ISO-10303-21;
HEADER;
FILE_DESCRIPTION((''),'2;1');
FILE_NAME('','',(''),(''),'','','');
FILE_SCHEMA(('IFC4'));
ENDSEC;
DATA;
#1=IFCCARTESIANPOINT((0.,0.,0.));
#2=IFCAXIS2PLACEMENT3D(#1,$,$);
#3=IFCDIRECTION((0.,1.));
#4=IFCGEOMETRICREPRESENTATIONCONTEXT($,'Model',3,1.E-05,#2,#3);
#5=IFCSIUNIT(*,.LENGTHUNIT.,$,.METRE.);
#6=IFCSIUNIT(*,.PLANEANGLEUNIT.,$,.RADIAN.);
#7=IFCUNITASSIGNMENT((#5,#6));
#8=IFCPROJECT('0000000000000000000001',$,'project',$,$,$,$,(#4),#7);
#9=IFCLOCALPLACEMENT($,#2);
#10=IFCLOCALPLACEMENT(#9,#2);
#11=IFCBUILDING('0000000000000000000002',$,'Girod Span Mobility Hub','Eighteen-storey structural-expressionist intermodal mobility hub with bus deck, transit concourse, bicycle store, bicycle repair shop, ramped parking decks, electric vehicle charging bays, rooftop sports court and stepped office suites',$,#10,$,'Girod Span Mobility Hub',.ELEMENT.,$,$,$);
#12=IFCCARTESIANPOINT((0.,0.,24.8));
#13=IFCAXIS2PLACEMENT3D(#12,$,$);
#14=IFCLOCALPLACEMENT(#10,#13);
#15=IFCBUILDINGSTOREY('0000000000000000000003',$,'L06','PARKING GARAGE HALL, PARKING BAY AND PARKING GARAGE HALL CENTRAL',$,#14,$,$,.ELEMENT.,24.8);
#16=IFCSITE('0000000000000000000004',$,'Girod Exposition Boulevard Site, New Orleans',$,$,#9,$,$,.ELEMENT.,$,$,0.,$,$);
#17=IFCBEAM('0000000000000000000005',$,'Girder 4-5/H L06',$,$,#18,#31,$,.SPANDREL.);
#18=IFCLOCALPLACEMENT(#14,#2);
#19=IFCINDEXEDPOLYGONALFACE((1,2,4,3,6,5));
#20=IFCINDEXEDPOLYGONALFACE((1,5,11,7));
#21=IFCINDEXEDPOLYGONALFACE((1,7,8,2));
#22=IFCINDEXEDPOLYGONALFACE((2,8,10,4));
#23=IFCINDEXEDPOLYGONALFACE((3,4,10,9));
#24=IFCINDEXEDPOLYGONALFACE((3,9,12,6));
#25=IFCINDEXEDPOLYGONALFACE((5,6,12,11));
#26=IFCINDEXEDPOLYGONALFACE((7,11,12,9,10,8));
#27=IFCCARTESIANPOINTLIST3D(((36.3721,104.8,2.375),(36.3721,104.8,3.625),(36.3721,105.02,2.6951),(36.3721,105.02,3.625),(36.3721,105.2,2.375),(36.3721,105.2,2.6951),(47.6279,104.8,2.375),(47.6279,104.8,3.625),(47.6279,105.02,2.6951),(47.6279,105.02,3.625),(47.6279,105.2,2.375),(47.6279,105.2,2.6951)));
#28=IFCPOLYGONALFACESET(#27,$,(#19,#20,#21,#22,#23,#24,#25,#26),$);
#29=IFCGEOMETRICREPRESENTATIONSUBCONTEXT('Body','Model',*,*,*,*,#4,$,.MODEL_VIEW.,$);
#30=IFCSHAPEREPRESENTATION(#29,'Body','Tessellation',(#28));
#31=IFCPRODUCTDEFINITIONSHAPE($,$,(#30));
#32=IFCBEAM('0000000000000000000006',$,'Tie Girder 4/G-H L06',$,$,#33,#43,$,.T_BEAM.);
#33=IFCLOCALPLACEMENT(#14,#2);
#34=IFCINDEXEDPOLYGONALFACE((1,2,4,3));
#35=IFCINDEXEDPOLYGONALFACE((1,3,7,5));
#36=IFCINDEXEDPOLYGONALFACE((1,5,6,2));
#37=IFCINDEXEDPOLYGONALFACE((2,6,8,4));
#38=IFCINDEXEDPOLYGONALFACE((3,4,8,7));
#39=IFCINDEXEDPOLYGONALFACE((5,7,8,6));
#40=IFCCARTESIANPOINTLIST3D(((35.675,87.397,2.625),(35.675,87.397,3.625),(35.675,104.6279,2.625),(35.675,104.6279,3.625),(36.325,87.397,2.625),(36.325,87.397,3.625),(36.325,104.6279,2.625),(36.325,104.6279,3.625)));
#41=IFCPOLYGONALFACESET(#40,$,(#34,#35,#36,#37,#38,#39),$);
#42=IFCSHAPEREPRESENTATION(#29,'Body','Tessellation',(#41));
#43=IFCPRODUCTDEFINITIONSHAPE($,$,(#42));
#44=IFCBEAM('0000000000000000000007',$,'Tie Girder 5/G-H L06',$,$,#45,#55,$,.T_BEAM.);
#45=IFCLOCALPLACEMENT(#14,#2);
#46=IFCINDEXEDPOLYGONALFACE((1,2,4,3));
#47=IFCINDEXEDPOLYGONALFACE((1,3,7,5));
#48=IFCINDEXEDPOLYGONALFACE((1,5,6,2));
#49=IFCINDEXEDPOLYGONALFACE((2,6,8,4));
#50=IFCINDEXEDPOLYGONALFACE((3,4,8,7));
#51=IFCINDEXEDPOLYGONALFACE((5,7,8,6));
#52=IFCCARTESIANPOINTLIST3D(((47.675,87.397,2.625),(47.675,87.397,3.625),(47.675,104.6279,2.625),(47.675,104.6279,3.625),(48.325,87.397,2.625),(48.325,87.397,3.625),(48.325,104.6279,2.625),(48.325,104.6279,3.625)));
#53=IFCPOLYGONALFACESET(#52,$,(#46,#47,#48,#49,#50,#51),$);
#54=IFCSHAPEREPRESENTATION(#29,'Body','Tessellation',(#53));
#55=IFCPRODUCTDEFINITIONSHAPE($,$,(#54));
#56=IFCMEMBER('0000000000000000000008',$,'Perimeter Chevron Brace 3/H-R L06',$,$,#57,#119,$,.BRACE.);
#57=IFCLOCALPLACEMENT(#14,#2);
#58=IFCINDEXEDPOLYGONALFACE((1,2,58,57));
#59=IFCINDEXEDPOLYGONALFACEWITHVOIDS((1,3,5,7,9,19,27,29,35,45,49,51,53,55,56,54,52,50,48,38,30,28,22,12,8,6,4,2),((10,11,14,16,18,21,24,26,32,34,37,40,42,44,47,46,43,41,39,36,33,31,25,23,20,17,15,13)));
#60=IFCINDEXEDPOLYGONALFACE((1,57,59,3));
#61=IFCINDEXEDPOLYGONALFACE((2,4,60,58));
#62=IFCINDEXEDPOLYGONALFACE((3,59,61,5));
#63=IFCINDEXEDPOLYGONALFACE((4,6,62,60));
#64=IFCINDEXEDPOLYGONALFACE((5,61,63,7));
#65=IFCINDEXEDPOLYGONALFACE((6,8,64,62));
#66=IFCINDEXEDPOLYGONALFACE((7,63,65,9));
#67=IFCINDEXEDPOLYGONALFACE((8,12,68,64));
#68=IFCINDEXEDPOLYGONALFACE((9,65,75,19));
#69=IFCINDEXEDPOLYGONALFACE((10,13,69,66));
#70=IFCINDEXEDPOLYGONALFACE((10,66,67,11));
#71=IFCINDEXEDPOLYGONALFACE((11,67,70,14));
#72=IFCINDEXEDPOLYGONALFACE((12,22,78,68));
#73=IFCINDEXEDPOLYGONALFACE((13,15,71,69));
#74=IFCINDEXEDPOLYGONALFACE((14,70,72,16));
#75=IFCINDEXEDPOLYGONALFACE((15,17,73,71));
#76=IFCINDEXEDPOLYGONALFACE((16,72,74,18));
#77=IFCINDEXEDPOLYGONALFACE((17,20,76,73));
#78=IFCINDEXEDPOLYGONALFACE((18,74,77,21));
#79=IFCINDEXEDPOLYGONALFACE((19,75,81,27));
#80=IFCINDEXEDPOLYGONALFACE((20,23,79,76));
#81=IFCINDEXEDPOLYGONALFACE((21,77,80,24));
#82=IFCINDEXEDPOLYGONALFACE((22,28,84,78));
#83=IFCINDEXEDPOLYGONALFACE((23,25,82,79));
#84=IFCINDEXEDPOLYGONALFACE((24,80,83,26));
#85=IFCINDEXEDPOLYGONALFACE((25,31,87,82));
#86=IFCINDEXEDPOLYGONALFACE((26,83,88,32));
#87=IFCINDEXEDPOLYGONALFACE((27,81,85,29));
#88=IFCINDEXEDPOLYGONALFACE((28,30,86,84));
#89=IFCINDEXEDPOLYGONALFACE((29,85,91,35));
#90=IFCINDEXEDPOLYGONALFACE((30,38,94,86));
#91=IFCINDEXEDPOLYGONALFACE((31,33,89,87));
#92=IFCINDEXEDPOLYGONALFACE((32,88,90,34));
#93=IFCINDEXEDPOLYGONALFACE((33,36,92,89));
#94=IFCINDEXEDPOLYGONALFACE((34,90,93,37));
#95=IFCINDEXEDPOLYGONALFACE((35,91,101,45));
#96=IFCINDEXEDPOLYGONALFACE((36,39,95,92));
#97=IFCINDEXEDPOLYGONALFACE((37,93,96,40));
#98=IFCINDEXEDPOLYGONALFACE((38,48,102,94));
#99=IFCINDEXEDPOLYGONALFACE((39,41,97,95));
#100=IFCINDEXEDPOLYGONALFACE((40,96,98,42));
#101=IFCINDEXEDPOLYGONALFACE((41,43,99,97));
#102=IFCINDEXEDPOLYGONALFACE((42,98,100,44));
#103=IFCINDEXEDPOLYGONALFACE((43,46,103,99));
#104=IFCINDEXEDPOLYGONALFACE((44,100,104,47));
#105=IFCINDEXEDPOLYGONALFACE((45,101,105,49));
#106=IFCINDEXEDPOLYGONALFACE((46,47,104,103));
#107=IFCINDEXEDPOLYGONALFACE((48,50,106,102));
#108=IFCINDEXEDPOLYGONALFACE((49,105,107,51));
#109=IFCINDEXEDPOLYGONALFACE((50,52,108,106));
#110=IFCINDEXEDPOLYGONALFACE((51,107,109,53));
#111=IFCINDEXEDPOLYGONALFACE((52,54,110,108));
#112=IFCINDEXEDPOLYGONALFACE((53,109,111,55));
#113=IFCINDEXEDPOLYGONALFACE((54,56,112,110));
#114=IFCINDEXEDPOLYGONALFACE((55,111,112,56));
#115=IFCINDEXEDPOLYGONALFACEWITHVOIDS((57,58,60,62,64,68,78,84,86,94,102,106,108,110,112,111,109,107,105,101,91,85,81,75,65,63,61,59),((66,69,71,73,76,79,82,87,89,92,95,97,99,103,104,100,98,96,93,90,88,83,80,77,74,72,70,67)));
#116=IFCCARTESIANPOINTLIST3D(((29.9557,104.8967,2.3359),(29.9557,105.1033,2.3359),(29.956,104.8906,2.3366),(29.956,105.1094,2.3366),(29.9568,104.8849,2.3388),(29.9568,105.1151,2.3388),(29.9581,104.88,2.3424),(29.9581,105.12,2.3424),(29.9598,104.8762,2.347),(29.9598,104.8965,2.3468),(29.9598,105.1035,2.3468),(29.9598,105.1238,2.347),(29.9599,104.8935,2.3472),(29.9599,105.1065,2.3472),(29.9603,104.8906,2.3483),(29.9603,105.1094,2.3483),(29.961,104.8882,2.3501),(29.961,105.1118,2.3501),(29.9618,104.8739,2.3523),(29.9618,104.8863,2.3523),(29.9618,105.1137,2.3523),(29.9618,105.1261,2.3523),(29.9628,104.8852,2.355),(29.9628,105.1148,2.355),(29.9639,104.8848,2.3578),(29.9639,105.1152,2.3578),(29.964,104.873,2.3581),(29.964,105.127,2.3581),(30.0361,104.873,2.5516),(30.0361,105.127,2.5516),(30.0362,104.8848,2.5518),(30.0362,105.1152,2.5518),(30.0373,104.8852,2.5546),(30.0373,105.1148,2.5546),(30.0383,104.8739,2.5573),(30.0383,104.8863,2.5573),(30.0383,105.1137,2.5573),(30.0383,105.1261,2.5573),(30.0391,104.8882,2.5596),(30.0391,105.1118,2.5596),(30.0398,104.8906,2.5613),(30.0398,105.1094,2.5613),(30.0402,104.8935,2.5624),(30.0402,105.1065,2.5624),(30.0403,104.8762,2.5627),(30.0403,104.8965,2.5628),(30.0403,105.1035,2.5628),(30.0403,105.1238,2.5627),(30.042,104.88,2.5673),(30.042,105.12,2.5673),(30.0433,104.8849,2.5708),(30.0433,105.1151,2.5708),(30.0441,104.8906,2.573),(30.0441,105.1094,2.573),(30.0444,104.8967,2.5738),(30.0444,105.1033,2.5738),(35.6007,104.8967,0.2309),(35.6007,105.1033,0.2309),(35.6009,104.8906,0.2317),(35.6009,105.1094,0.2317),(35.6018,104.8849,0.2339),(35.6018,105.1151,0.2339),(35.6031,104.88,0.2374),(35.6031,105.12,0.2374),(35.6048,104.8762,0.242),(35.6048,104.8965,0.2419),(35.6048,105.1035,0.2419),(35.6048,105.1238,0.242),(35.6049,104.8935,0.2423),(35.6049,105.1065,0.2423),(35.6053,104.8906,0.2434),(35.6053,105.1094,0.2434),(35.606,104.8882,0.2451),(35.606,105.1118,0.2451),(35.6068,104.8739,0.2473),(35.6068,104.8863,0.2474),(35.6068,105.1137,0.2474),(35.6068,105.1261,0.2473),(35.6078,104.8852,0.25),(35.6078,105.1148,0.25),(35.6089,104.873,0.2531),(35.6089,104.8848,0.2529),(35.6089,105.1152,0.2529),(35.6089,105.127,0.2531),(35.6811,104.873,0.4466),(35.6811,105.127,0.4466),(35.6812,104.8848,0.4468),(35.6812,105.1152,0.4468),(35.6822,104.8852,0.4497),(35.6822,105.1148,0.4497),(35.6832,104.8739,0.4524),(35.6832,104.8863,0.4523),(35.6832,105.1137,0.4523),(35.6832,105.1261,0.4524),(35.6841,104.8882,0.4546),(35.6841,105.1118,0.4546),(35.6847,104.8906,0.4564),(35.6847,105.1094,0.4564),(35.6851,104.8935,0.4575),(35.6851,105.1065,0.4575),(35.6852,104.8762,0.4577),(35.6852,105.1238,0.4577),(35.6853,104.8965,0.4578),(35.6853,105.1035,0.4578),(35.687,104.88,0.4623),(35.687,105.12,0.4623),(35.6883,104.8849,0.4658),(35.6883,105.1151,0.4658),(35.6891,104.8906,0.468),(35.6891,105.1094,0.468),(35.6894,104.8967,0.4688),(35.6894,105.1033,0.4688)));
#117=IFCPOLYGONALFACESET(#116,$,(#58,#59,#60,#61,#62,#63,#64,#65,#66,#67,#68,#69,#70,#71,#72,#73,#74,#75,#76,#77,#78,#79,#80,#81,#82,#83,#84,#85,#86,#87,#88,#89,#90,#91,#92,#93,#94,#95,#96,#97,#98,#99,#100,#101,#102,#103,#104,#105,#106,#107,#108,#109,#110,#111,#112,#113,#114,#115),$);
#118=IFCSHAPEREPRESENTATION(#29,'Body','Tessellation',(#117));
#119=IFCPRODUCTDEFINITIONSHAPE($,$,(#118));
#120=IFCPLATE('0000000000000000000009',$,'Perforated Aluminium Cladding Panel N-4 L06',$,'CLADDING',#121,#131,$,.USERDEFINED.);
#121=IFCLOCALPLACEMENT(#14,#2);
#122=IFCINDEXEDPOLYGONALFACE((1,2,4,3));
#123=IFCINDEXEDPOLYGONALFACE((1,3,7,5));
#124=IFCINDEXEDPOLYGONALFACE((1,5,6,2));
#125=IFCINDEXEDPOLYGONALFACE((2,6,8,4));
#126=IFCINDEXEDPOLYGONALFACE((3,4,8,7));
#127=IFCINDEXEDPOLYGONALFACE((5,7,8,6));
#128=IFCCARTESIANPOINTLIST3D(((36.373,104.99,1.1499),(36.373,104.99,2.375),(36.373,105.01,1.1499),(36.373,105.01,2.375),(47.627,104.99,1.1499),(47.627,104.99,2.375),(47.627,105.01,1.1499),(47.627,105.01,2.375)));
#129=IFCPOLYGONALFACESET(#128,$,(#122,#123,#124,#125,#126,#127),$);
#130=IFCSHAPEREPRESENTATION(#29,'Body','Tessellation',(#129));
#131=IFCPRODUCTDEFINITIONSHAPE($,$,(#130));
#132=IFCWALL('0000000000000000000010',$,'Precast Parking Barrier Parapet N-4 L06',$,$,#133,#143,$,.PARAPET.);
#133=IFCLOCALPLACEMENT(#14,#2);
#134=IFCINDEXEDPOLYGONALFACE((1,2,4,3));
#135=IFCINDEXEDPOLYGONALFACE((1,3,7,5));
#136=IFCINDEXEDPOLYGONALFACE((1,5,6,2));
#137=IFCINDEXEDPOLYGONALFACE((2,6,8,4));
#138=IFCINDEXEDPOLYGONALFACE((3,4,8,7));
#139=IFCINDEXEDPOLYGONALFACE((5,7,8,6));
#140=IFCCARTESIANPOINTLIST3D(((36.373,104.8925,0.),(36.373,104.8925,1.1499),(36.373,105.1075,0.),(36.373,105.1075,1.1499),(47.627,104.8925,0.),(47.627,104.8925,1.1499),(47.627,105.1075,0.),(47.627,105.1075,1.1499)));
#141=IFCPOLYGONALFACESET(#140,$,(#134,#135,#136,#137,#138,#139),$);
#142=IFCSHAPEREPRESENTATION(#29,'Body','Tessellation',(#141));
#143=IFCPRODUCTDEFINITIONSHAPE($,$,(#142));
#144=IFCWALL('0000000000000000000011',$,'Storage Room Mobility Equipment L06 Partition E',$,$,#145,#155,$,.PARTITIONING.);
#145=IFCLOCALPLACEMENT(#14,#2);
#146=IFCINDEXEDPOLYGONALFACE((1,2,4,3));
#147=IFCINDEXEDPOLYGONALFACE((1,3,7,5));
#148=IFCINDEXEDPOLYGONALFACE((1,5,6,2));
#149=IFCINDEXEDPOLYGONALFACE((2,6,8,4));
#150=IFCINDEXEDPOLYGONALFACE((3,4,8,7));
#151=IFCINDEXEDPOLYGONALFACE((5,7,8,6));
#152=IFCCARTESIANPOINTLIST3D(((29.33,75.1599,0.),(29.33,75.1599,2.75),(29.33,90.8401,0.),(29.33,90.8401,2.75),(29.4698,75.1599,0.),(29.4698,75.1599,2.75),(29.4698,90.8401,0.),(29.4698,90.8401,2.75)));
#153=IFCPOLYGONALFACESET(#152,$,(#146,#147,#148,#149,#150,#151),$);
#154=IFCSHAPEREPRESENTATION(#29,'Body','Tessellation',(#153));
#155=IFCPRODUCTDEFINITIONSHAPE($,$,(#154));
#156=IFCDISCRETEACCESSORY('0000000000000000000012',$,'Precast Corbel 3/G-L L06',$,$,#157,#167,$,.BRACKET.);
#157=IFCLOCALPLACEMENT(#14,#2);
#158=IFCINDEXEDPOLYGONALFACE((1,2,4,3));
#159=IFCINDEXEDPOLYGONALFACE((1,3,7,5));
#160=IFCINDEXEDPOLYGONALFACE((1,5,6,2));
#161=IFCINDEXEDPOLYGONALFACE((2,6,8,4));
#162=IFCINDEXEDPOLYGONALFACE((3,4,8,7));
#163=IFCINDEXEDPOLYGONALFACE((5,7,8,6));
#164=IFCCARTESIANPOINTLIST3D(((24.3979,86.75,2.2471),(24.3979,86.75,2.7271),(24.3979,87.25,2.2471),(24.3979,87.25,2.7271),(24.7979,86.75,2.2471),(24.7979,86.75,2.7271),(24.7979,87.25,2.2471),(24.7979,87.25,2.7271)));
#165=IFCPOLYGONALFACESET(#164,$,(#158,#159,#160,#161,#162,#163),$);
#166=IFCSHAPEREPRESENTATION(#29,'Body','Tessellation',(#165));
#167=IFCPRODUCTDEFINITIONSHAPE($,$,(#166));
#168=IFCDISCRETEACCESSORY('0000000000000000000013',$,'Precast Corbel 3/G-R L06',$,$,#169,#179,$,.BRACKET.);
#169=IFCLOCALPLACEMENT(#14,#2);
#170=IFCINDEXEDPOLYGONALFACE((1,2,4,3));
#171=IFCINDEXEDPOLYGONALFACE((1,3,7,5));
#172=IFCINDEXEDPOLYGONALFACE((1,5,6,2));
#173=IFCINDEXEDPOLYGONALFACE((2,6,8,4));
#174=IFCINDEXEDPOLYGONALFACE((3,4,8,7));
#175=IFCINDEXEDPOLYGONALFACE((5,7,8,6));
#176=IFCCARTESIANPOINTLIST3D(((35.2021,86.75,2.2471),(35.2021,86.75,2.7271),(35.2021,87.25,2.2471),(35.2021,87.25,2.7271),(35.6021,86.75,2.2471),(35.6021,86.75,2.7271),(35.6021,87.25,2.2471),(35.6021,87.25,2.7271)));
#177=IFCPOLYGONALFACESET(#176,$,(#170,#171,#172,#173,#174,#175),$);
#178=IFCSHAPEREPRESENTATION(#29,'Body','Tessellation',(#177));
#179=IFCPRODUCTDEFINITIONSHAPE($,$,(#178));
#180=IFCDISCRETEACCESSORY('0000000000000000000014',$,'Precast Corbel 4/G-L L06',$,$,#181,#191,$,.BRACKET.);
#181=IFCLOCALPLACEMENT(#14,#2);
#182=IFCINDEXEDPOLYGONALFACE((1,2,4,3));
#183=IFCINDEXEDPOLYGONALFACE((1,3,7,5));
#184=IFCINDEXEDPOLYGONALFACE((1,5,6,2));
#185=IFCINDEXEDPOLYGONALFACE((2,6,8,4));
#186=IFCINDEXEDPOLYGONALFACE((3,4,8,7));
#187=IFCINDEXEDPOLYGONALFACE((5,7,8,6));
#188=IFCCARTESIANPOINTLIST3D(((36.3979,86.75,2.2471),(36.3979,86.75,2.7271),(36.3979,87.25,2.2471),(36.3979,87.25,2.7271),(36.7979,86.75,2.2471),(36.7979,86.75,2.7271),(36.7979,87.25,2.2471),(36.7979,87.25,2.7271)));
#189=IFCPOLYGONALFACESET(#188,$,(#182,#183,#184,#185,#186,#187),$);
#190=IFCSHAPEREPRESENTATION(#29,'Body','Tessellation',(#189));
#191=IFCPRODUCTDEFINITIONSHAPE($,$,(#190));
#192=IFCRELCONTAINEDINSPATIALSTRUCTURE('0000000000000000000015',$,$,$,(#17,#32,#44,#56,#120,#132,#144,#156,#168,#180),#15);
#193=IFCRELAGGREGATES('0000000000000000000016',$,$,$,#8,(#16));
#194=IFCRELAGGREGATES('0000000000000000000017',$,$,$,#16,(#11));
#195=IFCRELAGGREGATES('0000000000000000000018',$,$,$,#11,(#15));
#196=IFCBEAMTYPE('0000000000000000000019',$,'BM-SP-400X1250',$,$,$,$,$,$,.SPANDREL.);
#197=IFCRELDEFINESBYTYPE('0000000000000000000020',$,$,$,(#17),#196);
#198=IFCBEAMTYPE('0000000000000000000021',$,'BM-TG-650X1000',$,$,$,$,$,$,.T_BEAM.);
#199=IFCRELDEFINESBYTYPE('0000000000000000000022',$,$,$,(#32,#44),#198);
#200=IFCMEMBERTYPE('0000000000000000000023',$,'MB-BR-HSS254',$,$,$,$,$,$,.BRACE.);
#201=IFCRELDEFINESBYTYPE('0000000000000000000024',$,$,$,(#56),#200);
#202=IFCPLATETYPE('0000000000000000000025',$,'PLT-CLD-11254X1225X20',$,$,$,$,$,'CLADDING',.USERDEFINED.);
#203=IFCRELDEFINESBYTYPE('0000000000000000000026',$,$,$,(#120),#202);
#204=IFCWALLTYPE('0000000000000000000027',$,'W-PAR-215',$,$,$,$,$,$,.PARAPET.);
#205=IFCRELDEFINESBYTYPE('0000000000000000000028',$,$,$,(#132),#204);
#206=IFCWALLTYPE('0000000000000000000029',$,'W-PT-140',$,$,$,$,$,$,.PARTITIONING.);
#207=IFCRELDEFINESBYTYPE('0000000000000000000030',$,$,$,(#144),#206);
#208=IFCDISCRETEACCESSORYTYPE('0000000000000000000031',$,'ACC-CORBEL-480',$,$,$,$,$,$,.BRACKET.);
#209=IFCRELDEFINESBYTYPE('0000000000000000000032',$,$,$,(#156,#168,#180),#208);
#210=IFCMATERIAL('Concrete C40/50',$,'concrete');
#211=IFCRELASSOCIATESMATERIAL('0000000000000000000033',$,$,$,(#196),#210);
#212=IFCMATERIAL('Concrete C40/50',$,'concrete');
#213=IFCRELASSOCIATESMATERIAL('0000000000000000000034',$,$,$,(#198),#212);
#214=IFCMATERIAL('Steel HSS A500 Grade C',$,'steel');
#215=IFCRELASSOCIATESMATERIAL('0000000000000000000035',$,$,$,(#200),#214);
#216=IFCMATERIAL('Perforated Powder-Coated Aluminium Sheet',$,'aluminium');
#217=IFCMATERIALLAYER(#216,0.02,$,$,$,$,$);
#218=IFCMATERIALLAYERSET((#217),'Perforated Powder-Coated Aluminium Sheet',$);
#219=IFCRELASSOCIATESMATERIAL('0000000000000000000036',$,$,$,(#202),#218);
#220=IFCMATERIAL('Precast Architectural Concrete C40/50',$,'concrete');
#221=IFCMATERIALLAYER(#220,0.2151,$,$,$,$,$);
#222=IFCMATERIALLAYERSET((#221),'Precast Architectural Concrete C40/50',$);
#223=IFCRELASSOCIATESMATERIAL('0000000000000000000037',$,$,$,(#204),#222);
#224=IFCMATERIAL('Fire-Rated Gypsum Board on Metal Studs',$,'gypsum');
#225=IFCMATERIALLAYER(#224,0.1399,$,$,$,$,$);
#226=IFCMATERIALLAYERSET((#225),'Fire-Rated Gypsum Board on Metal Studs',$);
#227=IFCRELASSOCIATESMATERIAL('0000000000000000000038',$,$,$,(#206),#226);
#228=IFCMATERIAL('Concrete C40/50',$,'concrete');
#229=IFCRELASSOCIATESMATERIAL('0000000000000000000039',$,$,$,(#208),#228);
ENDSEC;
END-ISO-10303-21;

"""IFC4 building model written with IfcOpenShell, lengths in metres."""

from ifc_helpers import new_model, si_unit, direction, frame, frame_2d, origin, origin_2d, place, context, subcontext, project, spatial, polyline, rectangle, hollow_rectangle, outline, extrude, material, layer, layer_set, material_profile, profile_set, type_object, element, save


model = new_model("IFC4")

# Units and contexts
model_context = context("Model", 3, precision=1e-05, world=origin(), true_north=direction((0.0, 1.0)))
body_context = subcontext(model_context, "Body", "Model", "MODEL_VIEW")
ifc_project = project(units=[si_unit("LENGTHUNIT", "METRE"), si_unit("PLANEANGLEUNIT", "RADIAN")], contexts=[model_context])

# Site, building, storey
site_placement = place(None, origin())
site = spatial("IfcSite", under=ifc_project, at=site_placement, Name="Girod Exposition Boulevard Site, New Orleans", CompositionType="ELEMENT", RefElevation=0.0)
building_placement = place(site_placement, origin())
building = spatial("IfcBuilding", under=site, at=building_placement, Name="Girod Span Mobility Hub", Description="Eighteen-storey structural-expressionist intermodal mobility hub with bus deck, transit concourse, bicycle store, bicycle repair shop, ramped parking decks, electric vehicle charging bays, rooftop sports court and stepped office suites", LongName="Girod Span Mobility Hub", CompositionType="ELEMENT")
storey_placement = place(building_placement, frame((0.0, 0.0, 24.8)))
storey = spatial("IfcBuildingStorey", under=building, at=storey_placement, Name="L06", Description="PARKING GARAGE HALL, PARKING BAY AND PARKING GARAGE HALL CENTRAL", CompositionType="ELEMENT", Elevation=24.8)

# Beams
ifc_material_1 = material(Name="Concrete C40/50", Category="concrete")
ifc_material_profile_1 = material_profile(ifc_material_1, outline(polyline([(-0.2, -0.625), (0.2, -0.625), (0.2, -0.3049), (0.02, -0.3049), (0.02, 0.625), (-0.2, 0.625), (-0.2, -0.625)])), Name="SP-400X1250")
ifc_profile_set_1 = profile_set([ifc_material_profile_1], Name="Concrete C40/50")
beam_type_1 = type_object("IfcBeamType", Name="BM-SP-400X1250", PredefinedType="SPANDREL", material=ifc_profile_set_1)
beam_placement = place(storey_placement, frame((36.3721, 105.0, 3.0), z_axis=(1.0, 0.0, 0.0), x_axis=(0.0, 1.0, 0.0)))
element("IfcBeam", 1, at=beam_placement, inside=storey, type_object=beam_type_1, Name="Girder 4-5/H L06", PredefinedType="SPANDREL", context=body_context, shape_type="SweptSolid", body=[
    extrude(outline(polyline([(-0.2, -0.625), (0.2, -0.625), (0.2, -0.3049), (0.02, -0.3049), (0.02, 0.625), (-0.2, 0.625), (-0.2, -0.625)])), origin(), (0.0, 0.0, 1.0), 11.2559),
])
ifc_material_2 = material(Name="Concrete C40/50", Category="concrete")
ifc_material_profile_2 = material_profile(ifc_material_2, rectangle(XDim=0.6499, YDim=1.0, at=origin_2d()), Name="TG-650X1000")
ifc_profile_set_2 = profile_set([ifc_material_profile_2], Name="Concrete C40/50")
beam_type_2 = type_object("IfcBeamType", Name="BM-TG-650X1000", PredefinedType="T_BEAM", material=ifc_profile_set_2)
for number, where, z_axis, x_axis, name in (
    (2, (36.0, 87.397, 3.125), (0.0, 1.0, 0.0), (-1.0, 0.0, 0.0), "Tie Girder 4/G-H L06"),
    (3, (48.0, 87.397, 3.125), (0.0, 1.0, 0.0), (-1.0, 0.0, 0.0), "Tie Girder 5/G-H L06"),
):
    element("IfcBeam", number, at=place(storey_placement, frame(where, z_axis=z_axis, x_axis=x_axis)), inside=storey, type_object=beam_type_2, Name=name, PredefinedType="T_BEAM", context=body_context, shape_type="SweptSolid", body=[
        extrude(rectangle(XDim=0.6499, YDim=1.0, at=origin_2d()), origin(), (0.0, 0.0, 1.0), 17.231),
    ])

# Member
ifc_material_3 = material(Name="Steel HSS A500 Grade C", Category="steel")
ifc_material_profile_3 = material_profile(ifc_material_3, hollow_rectangle(XDim=0.2539, YDim=0.2539, WallThickness=0.0117, InnerFilletRadius=0.0117, OuterFilletRadius=0.0237, at=origin_2d()), Name="HSS254X254X12.7")
ifc_profile_set_3 = profile_set([ifc_material_profile_3], Name="Steel HSS A500 Grade C")
member_type = type_object("IfcMemberType", Name="MB-BR-HSS254", PredefinedType="BRACE", material=ifc_profile_set_3)
member_placement = place(storey_placement, frame((35.645, 105.0, 0.3499), z_axis=(-0.936977, 0.0, 0.349391), x_axis=(0.0, -1.0, 0.0)))
element("IfcMember", 4, at=member_placement, inside=storey, type_object=member_type, Name="Perimeter Chevron Brace 3/H-R L06", PredefinedType="BRACE", context=body_context, shape_type="SweptSolid", body=[
    extrude(hollow_rectangle(XDim=0.2539, YDim=0.2539, WallThickness=0.0117, InnerFilletRadius=0.0117, OuterFilletRadius=0.0237, at=origin_2d()), origin(), (0.0, 0.0, 1.0), 6.0247),
])

# Plate
ifc_material_4 = material(Name="Perforated Powder-Coated Aluminium Sheet", Category="aluminium")
ifc_layer_1 = layer(ifc_material_4, 0.02)
ifc_layer_set_1 = layer_set([ifc_layer_1], Name="Perforated Powder-Coated Aluminium Sheet")
plate_type = type_object("IfcPlateType", Name="PLT-CLD-11254X1225X20", ElementType="CLADDING", PredefinedType="USERDEFINED", material=ifc_layer_set_1)
plate_placement = place(storey_placement, frame((42.0, 105.0, 1.1499), z_axis=(0.0, 0.0, 1.0), x_axis=(1.0, 0.0, 0.0)))
element("IfcPlate", 5, at=plate_placement, inside=storey, type_object=plate_type, Name="Perforated Aluminium Cladding Panel N-4 L06", ObjectType="CLADDING", PredefinedType="USERDEFINED", context=body_context, shape_type="SweptSolid", body=[
    extrude(rectangle(XDim=11.2539, YDim=0.02, at=origin_2d()), origin(), (0.0, 0.0, 1.0), 1.2251),
])

# Walls
ifc_material_5 = material(Name="Precast Architectural Concrete C40/50", Category="concrete")
ifc_layer_2 = layer(ifc_material_5, 0.2151)
ifc_layer_set_2 = layer_set([ifc_layer_2], Name="Precast Architectural Concrete C40/50")
wall_type_1 = type_object("IfcWallType", Name="W-PAR-215", PredefinedType="PARAPET", material=ifc_layer_set_2)
wall_1_placement = place(storey_placement, frame((36.373, 105.0, 0.0), z_axis=(0.0, 0.0, 1.0), x_axis=(1.0, 0.0, 0.0)))
element("IfcWall", 6, at=wall_1_placement, inside=storey, type_object=wall_type_1, Name="Precast Parking Barrier Parapet N-4 L06", PredefinedType="PARAPET", context=body_context, shape_type="SweptSolid", body=[
    extrude(rectangle(XDim=11.2539, YDim=0.2151, at=frame_2d((5.627, 0.0))), origin(), (0.0, 0.0, 1.0), 1.1499),
])
ifc_material_6 = material(Name="Fire-Rated Gypsum Board on Metal Studs", Category="gypsum")
ifc_layer_3 = layer(ifc_material_6, 0.1399)
ifc_layer_set_3 = layer_set([ifc_layer_3], Name="Fire-Rated Gypsum Board on Metal Studs")
wall_type_2 = type_object("IfcWallType", Name="W-PT-140", PredefinedType="PARTITIONING", material=ifc_layer_set_3)
wall_2_placement = place(storey_placement, frame((29.3999, 75.1599, 0.0), z_axis=(0.0, 0.0, 1.0), x_axis=(0.0, 1.0, 0.0)))
element("IfcWall", 7, at=wall_2_placement, inside=storey, type_object=wall_type_2, Name="Storage Room Mobility Equipment L06 Partition E", PredefinedType="PARTITIONING", context=body_context, shape_type="SweptSolid", body=[
    extrude(rectangle(XDim=15.6802, YDim=0.1399, at=frame_2d((7.8401, 0.0))), origin(), (0.0, 0.0, 1.0), 2.75),
])

# Discrete accessories
ifc_material_7 = material(Name="Concrete C40/50", Category="concrete")
discrete_accessory_type = type_object("IfcDiscreteAccessoryType", Name="ACC-CORBEL-480", PredefinedType="BRACKET", material=ifc_material_7)
for number, where, z_axis, x_axis, name in (
    (8, (24.5979, 87.0, 2.2471), (0.0, 0.0, 1.0), (1.0, 0.0, 0.0), "Precast Corbel 3/G-L L06"),
    (9, (35.4021, 87.0, 2.2471), (0.0, 0.0, 1.0), (1.0, 0.0, 0.0), "Precast Corbel 3/G-R L06"),
    (10, (36.5979, 87.0, 2.2471), (0.0, 0.0, 1.0), (1.0, 0.0, 0.0), "Precast Corbel 4/G-L L06"),
):
    element("IfcDiscreteAccessory", number, at=place(storey_placement, frame(where, z_axis=z_axis, x_axis=x_axis)), inside=storey, type_object=discrete_accessory_type, Name=name, PredefinedType="BRACKET", context=body_context, shape_type="SweptSolid", body=[
        extrude(rectangle(XDim=0.3999, YDim=0.5, at=origin_2d()), origin(), (0.0, 0.0, 1.0), 0.48),
    ])

save(model, "model.ifc")
